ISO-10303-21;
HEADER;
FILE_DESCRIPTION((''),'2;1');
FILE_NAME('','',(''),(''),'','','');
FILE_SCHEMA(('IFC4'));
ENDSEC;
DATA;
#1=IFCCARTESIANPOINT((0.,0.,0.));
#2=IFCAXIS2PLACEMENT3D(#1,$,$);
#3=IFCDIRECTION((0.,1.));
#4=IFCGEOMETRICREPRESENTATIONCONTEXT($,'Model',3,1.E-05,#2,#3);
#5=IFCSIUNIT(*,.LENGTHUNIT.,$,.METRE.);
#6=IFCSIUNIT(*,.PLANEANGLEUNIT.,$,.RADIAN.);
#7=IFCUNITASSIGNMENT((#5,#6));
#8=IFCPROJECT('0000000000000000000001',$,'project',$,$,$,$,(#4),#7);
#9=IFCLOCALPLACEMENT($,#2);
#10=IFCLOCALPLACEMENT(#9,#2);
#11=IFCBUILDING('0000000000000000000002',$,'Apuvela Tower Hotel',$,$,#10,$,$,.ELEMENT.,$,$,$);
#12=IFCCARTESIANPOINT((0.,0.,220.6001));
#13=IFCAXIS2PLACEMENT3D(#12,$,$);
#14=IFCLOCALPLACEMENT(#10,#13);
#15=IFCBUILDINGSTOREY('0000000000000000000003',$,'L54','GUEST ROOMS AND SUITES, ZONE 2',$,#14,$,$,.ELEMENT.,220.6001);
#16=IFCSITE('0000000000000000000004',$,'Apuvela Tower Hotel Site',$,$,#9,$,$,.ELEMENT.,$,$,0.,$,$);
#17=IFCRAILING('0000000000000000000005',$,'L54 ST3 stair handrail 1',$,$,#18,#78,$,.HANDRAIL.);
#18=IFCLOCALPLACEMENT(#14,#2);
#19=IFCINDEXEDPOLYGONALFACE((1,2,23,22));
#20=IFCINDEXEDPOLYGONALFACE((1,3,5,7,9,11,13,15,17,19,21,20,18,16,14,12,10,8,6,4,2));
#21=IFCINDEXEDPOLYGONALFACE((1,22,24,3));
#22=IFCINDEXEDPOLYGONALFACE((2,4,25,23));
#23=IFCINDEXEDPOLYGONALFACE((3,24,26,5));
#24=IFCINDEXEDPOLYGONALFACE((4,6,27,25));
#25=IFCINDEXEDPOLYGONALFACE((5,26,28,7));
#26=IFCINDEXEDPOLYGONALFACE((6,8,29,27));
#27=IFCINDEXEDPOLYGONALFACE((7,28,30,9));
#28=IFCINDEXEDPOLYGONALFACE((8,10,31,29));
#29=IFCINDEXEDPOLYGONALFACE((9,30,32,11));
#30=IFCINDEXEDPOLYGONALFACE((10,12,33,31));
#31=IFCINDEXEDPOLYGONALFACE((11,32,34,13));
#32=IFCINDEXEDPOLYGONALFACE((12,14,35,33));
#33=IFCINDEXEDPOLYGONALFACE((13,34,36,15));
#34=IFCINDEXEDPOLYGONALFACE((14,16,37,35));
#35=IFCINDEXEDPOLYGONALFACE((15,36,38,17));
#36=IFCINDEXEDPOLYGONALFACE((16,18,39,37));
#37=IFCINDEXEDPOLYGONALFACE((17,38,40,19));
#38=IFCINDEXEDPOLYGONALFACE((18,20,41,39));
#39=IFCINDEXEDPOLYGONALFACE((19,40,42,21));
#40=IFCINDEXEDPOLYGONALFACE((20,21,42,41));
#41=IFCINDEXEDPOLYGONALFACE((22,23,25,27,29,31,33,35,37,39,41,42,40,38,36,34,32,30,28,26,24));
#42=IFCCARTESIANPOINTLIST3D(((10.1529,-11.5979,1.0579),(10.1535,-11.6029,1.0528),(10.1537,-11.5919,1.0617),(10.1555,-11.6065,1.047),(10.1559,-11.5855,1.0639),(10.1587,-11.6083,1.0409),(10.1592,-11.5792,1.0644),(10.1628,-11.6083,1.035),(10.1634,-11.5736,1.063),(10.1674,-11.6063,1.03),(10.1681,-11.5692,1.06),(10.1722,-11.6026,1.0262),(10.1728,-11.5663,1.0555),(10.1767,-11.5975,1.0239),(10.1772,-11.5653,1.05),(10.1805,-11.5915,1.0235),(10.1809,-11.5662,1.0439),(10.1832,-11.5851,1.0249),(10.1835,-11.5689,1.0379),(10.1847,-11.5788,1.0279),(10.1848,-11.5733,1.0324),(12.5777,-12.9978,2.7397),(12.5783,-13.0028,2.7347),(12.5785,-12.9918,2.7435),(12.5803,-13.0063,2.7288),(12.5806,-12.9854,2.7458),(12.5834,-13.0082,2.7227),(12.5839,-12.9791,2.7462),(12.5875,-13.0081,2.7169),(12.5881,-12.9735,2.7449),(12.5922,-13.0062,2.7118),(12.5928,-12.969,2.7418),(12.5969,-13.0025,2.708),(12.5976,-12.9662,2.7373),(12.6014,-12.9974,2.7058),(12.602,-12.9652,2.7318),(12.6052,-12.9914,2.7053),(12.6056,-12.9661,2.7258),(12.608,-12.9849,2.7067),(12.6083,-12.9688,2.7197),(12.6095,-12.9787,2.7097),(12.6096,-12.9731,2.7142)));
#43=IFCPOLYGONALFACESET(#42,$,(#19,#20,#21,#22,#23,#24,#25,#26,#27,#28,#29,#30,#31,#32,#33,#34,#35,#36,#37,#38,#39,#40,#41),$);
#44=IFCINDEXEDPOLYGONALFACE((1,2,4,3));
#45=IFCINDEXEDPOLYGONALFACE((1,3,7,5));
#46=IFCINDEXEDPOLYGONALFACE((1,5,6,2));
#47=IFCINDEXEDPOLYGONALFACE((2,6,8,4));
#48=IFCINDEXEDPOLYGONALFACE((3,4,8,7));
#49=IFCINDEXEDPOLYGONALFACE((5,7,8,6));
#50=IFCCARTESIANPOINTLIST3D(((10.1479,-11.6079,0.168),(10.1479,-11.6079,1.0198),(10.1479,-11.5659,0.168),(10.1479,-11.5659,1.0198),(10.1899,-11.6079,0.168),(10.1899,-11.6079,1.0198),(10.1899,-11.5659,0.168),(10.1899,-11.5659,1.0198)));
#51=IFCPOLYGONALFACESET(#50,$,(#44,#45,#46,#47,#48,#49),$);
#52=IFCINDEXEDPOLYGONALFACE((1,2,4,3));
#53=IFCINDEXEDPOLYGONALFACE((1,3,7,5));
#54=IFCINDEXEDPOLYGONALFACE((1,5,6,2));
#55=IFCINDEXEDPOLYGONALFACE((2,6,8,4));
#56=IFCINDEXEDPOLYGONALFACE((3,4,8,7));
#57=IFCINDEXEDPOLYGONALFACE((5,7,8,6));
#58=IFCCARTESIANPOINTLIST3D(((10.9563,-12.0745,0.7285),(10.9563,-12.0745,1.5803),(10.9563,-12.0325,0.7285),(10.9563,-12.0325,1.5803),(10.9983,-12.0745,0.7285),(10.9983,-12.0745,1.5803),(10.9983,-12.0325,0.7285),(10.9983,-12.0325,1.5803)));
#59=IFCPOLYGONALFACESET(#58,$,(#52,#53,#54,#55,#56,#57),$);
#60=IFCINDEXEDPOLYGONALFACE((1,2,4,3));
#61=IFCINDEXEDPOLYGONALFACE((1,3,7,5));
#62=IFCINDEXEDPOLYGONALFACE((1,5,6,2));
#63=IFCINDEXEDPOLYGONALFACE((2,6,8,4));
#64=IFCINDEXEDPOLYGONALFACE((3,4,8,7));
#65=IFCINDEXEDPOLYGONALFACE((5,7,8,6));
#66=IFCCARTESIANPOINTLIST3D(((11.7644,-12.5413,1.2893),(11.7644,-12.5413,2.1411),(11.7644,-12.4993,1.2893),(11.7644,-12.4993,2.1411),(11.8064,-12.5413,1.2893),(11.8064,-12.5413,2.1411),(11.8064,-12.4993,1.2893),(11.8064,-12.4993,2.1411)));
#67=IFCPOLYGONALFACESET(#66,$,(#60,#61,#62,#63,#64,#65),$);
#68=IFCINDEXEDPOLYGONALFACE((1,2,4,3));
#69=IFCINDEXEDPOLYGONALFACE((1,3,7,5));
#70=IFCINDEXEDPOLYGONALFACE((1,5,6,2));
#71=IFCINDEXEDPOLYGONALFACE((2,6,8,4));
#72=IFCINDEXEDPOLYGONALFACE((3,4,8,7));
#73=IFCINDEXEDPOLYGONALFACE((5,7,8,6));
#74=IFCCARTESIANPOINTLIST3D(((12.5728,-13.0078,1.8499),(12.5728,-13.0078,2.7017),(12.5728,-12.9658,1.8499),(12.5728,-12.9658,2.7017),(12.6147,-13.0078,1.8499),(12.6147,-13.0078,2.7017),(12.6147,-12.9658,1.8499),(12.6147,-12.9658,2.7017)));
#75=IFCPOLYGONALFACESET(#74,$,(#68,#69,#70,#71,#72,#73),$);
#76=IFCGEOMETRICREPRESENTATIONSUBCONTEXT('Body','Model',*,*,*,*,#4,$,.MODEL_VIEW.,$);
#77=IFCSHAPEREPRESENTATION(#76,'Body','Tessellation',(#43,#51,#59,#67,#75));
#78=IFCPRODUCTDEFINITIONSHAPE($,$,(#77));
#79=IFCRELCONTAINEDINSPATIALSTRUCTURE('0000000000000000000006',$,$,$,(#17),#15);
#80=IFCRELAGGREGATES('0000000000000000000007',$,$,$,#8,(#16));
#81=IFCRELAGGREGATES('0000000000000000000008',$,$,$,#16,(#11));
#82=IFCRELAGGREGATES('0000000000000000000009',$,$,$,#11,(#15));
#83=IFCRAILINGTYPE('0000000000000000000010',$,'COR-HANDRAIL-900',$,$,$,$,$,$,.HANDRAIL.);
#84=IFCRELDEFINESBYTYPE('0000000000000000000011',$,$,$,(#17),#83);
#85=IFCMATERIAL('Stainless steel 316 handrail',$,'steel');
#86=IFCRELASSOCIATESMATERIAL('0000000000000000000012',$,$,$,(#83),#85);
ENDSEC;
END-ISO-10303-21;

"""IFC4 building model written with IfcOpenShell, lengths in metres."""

from ifc_helpers import new_model, si_unit, direction, frame, origin, origin_2d, place, context, subcontext, project, spatial, rectangle, circle, extrude, material, type_object, element, save


model = new_model("IFC4")

# Units and contexts
model_context = context("Model", 3, precision=1e-05, world=origin(), true_north=direction((0.0, 1.0)))
body_context = subcontext(model_context, "Body", "Model", "MODEL_VIEW")
ifc_project = project(units=[si_unit("LENGTHUNIT", "METRE"), si_unit("PLANEANGLEUNIT", "RADIAN")], contexts=[model_context])

# Site, building, storey
site_placement = place(None, origin())
site = spatial("IfcSite", under=ifc_project, at=site_placement, Name="Apuvela Tower Hotel Site", CompositionType="ELEMENT", RefElevation=0.0)
building_placement = place(site_placement, origin())
building = spatial("IfcBuilding", under=site, at=building_placement, Name="Apuvela Tower Hotel", CompositionType="ELEMENT")
storey_placement = place(building_placement, frame((0.0, 0.0, 220.6001)))
storey = spatial("IfcBuildingStorey", under=building, at=storey_placement, Name="L54", Description="GUEST ROOMS AND SUITES, ZONE 2", CompositionType="ELEMENT", Elevation=220.6001)

# Railing
ifc_material_1 = material(Name="Stainless steel 316 handrail", Category="steel")
railing_type_1 = type_object("IfcRailingType", Name="COR-HANDRAIL-900", PredefinedType="HANDRAIL", material=ifc_material_1)
railing_1_placement = place(storey_placement, frame((10.1689, -11.5869, 0.168)))
element("IfcRailing", 1, at=railing_1_placement, inside=storey, type_object=railing_type_1, Name="L54 ST3 stair handrail 1", PredefinedType="HANDRAIL", context=body_context, shape_type="SweptSolid", body=[
    extrude(circle(Radius=0.0239, at=origin_2d()), frame((0.0, 0.0, 0.876), z_axis=(0.74239, -0.428601, 0.514934), x_axis=(0.499984, 0.866035, 0.0)), (0.0, 0.0, 1.0), 3.2661),
    extrude(rectangle(XDim=0.042, YDim=0.042, at=origin_2d()), origin(), (0.0, 0.0, 1.0), 0.8518),
    extrude(rectangle(XDim=0.042, YDim=0.042, at=origin_2d()), frame((0.8083, -0.4666, 0.5605)), (0.0, 0.0, 1.0), 0.8518),
    extrude(rectangle(XDim=0.042, YDim=0.042, at=origin_2d()), frame((1.6165, -0.9333, 1.1213)), (0.0, 0.0, 1.0), 0.8518),
    extrude(rectangle(XDim=0.042, YDim=0.042, at=origin_2d()), frame((2.4248, -1.3999, 1.6819)), (0.0, 0.0, 1.0), 0.8518),
])

save(model, "model.ifc")
